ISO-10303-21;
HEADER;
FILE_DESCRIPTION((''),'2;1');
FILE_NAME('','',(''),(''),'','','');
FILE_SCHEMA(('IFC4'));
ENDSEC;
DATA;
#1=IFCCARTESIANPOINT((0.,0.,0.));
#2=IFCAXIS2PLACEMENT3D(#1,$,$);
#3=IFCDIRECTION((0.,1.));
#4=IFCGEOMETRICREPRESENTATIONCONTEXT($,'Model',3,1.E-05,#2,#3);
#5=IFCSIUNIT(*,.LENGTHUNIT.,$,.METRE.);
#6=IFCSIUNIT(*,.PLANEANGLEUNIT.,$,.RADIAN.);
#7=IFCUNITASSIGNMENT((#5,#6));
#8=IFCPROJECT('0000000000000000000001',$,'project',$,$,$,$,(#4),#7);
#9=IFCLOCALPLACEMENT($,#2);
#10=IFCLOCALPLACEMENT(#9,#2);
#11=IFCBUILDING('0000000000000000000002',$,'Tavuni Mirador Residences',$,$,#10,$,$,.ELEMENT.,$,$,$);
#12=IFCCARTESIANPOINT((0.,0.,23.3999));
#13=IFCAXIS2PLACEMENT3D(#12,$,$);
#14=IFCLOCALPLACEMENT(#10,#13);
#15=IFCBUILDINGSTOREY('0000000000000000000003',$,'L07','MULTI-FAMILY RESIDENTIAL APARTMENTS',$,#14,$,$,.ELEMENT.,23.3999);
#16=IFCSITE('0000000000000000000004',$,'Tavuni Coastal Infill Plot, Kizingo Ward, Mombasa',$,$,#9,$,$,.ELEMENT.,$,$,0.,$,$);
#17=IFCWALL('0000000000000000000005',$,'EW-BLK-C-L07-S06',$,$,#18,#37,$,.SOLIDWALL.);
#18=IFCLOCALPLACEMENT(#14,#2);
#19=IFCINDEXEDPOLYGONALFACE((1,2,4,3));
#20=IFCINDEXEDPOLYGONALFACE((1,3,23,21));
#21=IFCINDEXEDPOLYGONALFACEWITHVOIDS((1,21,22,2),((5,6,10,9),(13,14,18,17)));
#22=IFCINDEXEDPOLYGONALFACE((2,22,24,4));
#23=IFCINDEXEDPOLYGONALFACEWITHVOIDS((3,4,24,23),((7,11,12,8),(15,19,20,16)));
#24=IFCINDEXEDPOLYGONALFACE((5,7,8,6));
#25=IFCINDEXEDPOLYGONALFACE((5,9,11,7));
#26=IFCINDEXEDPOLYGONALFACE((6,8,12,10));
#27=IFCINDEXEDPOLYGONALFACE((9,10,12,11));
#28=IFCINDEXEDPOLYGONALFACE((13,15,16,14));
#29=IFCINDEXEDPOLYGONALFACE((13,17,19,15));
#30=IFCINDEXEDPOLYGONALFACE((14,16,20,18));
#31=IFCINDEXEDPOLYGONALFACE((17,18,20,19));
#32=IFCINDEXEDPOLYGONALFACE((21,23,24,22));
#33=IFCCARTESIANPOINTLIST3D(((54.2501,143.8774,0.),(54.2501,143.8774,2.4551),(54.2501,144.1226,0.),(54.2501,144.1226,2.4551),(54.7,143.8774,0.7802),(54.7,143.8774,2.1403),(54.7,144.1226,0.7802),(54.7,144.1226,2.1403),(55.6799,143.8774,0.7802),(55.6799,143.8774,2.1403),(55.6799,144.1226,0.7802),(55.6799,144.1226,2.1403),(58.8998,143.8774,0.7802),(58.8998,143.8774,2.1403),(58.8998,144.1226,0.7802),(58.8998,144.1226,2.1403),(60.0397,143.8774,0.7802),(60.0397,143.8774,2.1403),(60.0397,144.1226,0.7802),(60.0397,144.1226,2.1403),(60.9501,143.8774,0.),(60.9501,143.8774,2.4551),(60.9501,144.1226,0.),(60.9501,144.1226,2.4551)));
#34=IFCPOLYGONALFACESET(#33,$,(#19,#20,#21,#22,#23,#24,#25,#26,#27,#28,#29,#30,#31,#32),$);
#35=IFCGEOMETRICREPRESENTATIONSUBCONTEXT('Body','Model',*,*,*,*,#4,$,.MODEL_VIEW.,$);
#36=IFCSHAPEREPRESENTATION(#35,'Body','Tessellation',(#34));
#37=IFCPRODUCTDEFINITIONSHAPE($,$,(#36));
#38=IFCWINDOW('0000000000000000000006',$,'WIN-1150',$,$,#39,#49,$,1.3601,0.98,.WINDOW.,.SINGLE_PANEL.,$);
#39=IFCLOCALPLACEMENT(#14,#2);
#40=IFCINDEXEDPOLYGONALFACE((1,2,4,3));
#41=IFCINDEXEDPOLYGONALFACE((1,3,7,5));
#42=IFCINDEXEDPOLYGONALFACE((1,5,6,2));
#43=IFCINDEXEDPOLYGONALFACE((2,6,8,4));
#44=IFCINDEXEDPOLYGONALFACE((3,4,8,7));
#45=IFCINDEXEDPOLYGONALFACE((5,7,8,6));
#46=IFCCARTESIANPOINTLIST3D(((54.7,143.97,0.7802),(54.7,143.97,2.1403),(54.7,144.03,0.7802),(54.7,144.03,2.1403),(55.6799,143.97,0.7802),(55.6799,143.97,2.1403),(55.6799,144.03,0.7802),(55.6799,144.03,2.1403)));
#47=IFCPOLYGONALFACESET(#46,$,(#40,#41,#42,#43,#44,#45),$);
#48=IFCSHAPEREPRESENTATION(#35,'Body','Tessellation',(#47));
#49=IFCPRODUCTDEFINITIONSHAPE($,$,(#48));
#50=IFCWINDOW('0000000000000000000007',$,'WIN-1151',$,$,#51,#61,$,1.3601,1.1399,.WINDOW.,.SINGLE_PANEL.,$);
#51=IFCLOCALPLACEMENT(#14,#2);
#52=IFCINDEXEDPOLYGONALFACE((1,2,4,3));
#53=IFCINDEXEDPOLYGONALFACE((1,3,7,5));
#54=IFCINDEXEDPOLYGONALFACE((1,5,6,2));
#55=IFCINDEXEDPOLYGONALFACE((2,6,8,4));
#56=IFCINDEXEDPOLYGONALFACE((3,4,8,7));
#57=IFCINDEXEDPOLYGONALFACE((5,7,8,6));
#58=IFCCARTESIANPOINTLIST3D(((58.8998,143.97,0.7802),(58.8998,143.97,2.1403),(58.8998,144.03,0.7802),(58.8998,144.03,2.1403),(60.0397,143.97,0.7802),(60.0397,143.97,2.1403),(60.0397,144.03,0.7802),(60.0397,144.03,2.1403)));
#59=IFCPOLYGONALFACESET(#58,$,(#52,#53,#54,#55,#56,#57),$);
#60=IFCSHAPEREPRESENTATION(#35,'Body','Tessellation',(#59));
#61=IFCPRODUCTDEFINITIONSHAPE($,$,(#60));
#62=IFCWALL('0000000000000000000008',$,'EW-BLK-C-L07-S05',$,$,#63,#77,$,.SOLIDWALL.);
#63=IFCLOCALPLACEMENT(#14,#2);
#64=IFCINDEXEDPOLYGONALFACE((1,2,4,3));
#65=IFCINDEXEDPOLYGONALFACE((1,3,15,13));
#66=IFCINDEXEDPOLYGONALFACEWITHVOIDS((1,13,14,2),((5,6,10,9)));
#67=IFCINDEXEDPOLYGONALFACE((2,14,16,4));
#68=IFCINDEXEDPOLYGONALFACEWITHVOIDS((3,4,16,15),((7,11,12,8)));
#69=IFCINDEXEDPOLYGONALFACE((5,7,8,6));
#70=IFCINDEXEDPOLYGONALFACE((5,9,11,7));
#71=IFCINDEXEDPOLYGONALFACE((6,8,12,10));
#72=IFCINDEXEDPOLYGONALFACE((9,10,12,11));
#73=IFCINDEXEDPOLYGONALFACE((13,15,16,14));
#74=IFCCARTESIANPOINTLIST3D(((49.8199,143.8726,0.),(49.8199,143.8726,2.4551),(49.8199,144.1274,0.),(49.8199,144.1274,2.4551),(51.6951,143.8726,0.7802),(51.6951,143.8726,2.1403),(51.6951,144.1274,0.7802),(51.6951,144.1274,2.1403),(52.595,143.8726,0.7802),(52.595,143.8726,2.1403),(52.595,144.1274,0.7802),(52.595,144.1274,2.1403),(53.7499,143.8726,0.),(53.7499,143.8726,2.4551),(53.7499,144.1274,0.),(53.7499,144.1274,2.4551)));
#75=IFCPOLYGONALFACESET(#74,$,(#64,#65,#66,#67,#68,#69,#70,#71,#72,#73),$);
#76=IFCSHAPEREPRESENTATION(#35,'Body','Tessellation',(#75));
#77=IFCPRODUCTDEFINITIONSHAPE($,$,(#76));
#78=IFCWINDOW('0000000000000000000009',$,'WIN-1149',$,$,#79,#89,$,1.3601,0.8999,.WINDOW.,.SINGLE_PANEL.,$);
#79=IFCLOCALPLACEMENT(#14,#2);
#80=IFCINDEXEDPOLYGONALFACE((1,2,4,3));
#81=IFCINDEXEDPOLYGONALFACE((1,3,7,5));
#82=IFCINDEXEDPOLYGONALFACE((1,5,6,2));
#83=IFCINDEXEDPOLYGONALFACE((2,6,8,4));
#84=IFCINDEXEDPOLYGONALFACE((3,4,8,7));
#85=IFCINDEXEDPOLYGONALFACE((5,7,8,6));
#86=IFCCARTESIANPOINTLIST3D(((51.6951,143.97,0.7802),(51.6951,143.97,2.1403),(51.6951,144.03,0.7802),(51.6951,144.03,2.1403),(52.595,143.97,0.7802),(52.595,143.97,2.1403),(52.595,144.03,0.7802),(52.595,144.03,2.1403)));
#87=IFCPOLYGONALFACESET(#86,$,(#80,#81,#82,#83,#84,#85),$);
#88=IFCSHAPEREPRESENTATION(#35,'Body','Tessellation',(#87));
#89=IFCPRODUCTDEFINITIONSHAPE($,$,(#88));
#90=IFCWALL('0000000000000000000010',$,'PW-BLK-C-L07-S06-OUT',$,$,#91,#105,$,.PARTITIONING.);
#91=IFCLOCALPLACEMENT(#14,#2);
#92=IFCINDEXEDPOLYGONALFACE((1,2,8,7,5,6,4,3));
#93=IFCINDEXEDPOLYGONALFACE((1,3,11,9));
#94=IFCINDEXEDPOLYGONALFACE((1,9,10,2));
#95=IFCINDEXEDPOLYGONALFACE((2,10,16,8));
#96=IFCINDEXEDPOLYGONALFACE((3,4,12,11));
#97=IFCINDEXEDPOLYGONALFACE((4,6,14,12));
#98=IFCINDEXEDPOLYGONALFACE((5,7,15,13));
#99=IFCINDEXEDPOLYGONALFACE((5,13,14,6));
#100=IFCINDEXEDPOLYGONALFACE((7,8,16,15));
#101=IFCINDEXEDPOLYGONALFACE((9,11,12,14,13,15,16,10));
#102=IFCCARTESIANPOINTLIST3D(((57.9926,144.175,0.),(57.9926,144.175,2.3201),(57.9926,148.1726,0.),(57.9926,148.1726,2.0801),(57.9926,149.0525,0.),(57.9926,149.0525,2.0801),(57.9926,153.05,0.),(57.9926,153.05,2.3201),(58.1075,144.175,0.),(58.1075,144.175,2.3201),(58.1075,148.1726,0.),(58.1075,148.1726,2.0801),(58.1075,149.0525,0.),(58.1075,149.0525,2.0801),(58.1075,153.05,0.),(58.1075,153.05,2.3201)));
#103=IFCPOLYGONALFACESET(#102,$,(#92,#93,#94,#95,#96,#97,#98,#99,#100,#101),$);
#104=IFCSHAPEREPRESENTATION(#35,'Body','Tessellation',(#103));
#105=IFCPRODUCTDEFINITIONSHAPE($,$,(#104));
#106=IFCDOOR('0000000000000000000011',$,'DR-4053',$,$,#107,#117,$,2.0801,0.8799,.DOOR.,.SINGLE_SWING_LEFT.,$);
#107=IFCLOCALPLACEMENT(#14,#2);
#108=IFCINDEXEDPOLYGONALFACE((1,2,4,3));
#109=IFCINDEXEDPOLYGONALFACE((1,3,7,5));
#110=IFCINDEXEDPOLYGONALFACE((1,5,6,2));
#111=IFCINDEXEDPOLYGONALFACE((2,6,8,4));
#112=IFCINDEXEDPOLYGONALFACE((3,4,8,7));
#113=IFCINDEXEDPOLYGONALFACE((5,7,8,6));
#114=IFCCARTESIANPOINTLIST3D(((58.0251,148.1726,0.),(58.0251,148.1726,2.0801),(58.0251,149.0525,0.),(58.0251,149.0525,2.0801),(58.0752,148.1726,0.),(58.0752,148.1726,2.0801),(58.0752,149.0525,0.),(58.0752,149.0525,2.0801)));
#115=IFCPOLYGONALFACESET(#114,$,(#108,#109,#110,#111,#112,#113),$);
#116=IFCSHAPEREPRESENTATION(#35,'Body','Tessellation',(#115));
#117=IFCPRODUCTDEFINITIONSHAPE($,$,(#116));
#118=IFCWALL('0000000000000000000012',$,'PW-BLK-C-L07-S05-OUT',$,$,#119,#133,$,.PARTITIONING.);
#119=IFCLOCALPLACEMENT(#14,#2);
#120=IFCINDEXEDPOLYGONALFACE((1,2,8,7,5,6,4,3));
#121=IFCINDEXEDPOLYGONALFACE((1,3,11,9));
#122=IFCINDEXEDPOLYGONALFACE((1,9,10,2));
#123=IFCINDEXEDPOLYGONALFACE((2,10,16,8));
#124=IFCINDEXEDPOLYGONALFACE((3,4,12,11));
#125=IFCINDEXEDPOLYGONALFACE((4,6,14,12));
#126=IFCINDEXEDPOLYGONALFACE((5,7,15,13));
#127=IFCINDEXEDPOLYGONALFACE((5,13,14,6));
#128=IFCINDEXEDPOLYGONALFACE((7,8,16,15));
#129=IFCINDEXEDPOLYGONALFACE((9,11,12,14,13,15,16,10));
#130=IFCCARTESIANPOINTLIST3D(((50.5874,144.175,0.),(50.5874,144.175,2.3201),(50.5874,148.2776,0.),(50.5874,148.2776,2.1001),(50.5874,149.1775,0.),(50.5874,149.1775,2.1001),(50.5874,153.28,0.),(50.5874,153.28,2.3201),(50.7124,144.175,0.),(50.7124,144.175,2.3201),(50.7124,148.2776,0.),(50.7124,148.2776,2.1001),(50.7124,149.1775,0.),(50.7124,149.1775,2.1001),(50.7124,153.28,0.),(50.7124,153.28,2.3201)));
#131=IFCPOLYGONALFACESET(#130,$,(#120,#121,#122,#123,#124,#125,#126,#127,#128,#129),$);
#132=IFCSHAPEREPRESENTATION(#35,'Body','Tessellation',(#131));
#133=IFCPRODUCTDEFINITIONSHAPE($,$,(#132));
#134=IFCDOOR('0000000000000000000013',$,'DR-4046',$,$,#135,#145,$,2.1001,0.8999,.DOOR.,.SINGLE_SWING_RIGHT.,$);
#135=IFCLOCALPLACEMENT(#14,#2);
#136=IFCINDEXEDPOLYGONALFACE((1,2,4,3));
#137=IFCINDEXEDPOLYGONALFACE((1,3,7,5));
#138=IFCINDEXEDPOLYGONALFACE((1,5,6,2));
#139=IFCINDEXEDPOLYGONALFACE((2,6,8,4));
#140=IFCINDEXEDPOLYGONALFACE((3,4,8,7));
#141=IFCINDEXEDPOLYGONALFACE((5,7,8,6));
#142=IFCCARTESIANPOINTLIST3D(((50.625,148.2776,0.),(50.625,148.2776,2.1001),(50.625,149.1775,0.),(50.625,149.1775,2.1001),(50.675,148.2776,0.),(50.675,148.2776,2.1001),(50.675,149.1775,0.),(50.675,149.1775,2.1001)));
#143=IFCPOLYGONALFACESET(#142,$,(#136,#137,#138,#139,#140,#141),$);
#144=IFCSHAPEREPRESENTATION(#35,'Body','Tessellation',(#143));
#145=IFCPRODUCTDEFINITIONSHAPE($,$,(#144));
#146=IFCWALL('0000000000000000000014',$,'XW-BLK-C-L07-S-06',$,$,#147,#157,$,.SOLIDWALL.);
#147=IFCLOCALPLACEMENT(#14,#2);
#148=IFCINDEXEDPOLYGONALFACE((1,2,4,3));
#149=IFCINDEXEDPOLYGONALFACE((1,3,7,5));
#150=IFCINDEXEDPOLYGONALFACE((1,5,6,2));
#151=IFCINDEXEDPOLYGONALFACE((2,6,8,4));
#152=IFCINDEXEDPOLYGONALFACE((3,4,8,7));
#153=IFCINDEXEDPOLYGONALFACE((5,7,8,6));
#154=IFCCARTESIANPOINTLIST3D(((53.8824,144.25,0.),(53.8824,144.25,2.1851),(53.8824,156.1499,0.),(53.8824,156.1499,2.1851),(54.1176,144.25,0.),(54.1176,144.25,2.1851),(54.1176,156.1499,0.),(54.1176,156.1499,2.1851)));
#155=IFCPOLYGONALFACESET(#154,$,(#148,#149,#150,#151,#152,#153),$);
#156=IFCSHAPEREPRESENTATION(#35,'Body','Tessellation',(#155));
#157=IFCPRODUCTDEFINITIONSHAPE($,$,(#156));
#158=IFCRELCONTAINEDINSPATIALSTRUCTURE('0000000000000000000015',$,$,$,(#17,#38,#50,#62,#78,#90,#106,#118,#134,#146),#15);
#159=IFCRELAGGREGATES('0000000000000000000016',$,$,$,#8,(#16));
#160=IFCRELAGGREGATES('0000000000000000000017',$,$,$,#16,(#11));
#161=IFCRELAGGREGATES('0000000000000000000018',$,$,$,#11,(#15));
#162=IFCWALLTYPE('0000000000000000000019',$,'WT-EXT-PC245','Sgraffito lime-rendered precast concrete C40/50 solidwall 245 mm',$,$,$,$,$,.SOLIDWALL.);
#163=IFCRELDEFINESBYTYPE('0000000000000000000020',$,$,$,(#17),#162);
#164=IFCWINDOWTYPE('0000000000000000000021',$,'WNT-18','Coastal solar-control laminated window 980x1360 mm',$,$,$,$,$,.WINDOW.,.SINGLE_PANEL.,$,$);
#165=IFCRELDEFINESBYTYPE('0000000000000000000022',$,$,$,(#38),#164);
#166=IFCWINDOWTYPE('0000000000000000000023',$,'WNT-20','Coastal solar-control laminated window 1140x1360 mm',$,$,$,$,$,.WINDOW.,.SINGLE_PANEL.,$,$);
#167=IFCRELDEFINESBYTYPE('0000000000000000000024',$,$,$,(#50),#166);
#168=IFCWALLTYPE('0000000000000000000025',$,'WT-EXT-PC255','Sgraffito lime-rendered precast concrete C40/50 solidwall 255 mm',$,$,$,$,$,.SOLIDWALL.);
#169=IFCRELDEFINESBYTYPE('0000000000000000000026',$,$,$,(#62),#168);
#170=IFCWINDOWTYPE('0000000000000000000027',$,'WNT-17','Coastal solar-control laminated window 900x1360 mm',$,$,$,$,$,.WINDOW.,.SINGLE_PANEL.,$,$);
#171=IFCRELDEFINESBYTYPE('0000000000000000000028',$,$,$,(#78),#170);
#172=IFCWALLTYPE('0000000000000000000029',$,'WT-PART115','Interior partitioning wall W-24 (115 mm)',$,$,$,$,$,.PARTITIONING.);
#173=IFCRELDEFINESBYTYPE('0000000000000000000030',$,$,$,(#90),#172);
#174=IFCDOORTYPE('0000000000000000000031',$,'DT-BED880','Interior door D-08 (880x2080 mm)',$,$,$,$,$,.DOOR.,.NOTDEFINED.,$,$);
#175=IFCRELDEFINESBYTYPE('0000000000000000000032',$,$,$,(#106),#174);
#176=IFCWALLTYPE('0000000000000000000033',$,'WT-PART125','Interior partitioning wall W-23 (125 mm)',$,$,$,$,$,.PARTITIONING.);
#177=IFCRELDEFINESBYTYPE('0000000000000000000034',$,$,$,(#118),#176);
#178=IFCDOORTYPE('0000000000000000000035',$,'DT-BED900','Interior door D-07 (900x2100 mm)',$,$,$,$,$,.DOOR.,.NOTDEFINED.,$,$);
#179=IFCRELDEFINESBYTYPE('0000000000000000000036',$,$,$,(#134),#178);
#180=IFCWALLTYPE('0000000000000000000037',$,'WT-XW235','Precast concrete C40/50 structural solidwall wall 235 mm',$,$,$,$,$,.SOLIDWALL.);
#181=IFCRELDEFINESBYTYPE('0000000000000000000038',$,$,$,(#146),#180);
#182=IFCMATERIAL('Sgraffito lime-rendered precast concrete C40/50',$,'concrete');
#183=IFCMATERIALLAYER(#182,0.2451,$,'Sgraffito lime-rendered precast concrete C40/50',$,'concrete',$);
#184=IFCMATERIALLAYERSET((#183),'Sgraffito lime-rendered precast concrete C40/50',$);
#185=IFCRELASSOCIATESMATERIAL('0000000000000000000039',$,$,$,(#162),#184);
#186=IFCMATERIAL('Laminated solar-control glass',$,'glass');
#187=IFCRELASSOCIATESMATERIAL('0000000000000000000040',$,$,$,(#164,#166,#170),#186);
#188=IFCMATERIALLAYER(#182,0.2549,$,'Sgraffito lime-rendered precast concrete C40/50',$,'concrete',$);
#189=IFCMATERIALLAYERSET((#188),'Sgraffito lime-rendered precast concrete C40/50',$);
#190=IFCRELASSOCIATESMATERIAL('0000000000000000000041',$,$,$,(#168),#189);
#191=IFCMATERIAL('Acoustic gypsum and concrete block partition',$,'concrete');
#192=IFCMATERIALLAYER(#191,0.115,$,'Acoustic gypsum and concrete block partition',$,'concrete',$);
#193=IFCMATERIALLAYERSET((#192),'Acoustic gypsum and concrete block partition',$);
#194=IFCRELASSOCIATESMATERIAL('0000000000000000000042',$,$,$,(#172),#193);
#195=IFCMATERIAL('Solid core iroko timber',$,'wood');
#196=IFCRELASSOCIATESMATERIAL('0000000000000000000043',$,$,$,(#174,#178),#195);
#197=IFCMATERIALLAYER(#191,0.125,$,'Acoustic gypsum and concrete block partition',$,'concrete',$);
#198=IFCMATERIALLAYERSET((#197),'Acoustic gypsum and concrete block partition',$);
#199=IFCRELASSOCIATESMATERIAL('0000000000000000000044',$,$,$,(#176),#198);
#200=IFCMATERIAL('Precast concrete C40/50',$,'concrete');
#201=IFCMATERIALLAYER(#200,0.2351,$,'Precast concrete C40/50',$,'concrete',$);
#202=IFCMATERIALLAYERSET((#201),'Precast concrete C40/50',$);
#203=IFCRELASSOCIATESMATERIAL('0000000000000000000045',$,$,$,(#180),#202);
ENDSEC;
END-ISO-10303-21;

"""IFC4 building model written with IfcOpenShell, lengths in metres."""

from ifc_helpers import new_model, si_unit, direction, frame, frame_2d, origin, place, context, subcontext, project, spatial, rectangle, extrude, material, layer, layer_set, type_object, element, fill, save


model = new_model("IFC4")

# Units and contexts
model_context = context("Model", 3, precision=1e-05, world=origin(), true_north=direction((0.0, 1.0)))
body_context = subcontext(model_context, "Body", "Model", "MODEL_VIEW")
ifc_project = project(units=[si_unit("LENGTHUNIT", "METRE"), si_unit("PLANEANGLEUNIT", "RADIAN")], contexts=[model_context])

# Site, building, storey
site_placement = place(None, origin())
site = spatial("IfcSite", under=ifc_project, at=site_placement, Name="Tavuni Coastal Infill Plot, Kizingo Ward, Mombasa", CompositionType="ELEMENT", RefElevation=0.0)
building_placement = place(site_placement, origin())
building = spatial("IfcBuilding", under=site, at=building_placement, Name="Tavuni Mirador Residences", CompositionType="ELEMENT")
storey_placement = place(building_placement, frame((0.0, 0.0, 23.3999)))
storey = spatial("IfcBuildingStorey", under=building, at=storey_placement, Name="L07", Description="MULTI-FAMILY RESIDENTIAL APARTMENTS", CompositionType="ELEMENT", Elevation=23.3999)

# Shared definitions
ifc_material_1 = material(Name="Precast concrete C40/50", Category="concrete")

# Wall, openings, windows
ifc_material_2 = material(Name="Sgraffito lime-rendered precast concrete C40/50", Category="concrete")
ifc_layer_1 = layer(ifc_material_2, 0.2451, Name="Sgraffito lime-rendered precast concrete C40/50", Category="concrete")
ifc_layer_set_1 = layer_set([ifc_layer_1], Name="Sgraffito lime-rendered precast concrete C40/50")
wall_type_1 = type_object("IfcWallType", Name="WT-EXT-PC245", Description="Sgraffito lime-rendered precast concrete C40/50 solidwall 245 mm", PredefinedType="SOLIDWALL", material=ifc_layer_set_1)
wall_1_placement = place(storey_placement, frame((54.25, 144.0, 0.0), z_axis=(0.0, 0.0, 1.0), x_axis=(1.0, 0.0, 0.0)))
wall_1 = element("IfcWall", 1, at=wall_1_placement, inside=storey, type_object=wall_type_1, Name="EW-BLK-C-L07-S06", PredefinedType="SOLIDWALL", context=body_context, shape_type="SweptSolid", body=[
    extrude(rectangle(XDim=6.7, YDim=0.2451, at=frame_2d((3.3501, 0.0))), origin(), (0.0, 0.0, 1.0), 2.4551),
])
opening_1_placement = place(wall_1_placement, frame((0.45, 0.0, 0.78)))
opening_1 = element("IfcOpeningElement", 2, at=opening_1_placement, cuts=wall_1, PredefinedType="OPENING", context=body_context, shape_type="SweptSolid", body=[
    extrude(rectangle(XDim=0.98, YDim=1.3601, at=frame_2d((0.49, 0.6802))), frame((0.0, 0.1326, 0.0), z_axis=(0.0, -1.0, 0.0), x_axis=(1.0, 0.0, 0.0)), (0.0, 0.0, 1.0), 0.2651),
])
opening_2_placement = place(wall_1_placement, frame((4.6499, 0.0, 0.78)))
opening_2 = element("IfcOpeningElement", 3, at=opening_2_placement, cuts=wall_1, PredefinedType="OPENING", context=body_context, shape_type="SweptSolid", body=[
    extrude(rectangle(XDim=1.1399, YDim=1.3601, at=frame_2d((0.5698, 0.6802))), frame((0.0, 0.1326, 0.0), z_axis=(0.0, -1.0, 0.0), x_axis=(1.0, 0.0, 0.0)), (0.0, 0.0, 1.0), 0.2651),
])
ifc_material_3 = material(Name="Laminated solar-control glass", Category="glass")
window_type_1 = type_object("IfcWindowType", Name="WNT-18", Description="Coastal solar-control laminated window 980x1360 mm", PartitioningType="SINGLE_PANEL", PredefinedType="WINDOW", material=ifc_material_3)
window_1_placement = place(opening_1_placement, origin())
window_1 = element("IfcWindow", 4, at=window_1_placement, inside=storey, type_object=window_type_1, Name="WIN-1150", OverallHeight=1.3601, OverallWidth=0.98, PartitioningType="SINGLE_PANEL", PredefinedType="WINDOW", context=body_context, shape_type="SweptSolid", body=[
    extrude(rectangle(XDim=0.98, YDim=1.3601, at=frame_2d((0.49, 0.6802))), frame((0.0, 0.03, 0.0), z_axis=(0.0, -1.0, 0.0), x_axis=(1.0, 0.0, 0.0)), (0.0, 0.0, 1.0), 0.0601),
])
fill(opening_1, window_1)
window_type_2 = type_object("IfcWindowType", Name="WNT-20", Description="Coastal solar-control laminated window 1140x1360 mm", PartitioningType="SINGLE_PANEL", PredefinedType="WINDOW", material=ifc_material_3)
window_2_placement = place(opening_2_placement, origin())
window_2 = element("IfcWindow", 5, at=window_2_placement, inside=storey, type_object=window_type_2, Name="WIN-1151", OverallHeight=1.3601, OverallWidth=1.1399, PartitioningType="SINGLE_PANEL", PredefinedType="WINDOW", context=body_context, shape_type="SweptSolid", body=[
    extrude(rectangle(XDim=1.1399, YDim=1.3601, at=frame_2d((0.5698, 0.6802))), frame((0.0, 0.03, 0.0), z_axis=(0.0, -1.0, 0.0), x_axis=(1.0, 0.0, 0.0)), (0.0, 0.0, 1.0), 0.0601),
])
fill(opening_2, window_2)

# Wall, opening, window
ifc_layer_2 = layer(ifc_material_2, 0.2549, Name="Sgraffito lime-rendered precast concrete C40/50", Category="concrete")
ifc_layer_set_2 = layer_set([ifc_layer_2], Name="Sgraffito lime-rendered precast concrete C40/50")
wall_type_2 = type_object("IfcWallType", Name="WT-EXT-PC255", Description="Sgraffito lime-rendered precast concrete C40/50 solidwall 255 mm", PredefinedType="SOLIDWALL", material=ifc_layer_set_2)
wall_2_placement = place(storey_placement, frame((49.8201, 144.0, 0.0), z_axis=(0.0, 0.0, 1.0), x_axis=(1.0, 0.0, 0.0)))
wall_2 = element("IfcWall", 6, at=wall_2_placement, inside=storey, type_object=wall_type_2, Name="EW-BLK-C-L07-S05", PredefinedType="SOLIDWALL", context=body_context, shape_type="SweptSolid", body=[
    extrude(rectangle(XDim=3.9299, YDim=0.2549, at=frame_2d((1.9648, 0.0))), origin(), (0.0, 0.0, 1.0), 2.4551),
])
opening_3_placement = place(wall_2_placement, frame((1.875, 0.0, 0.78)))
opening_3 = element("IfcOpeningElement", 7, at=opening_3_placement, cuts=wall_2, PredefinedType="OPENING", context=body_context, shape_type="SweptSolid", body=[
    extrude(rectangle(XDim=0.8999, YDim=1.3601, at=frame_2d((0.45, 0.6802))), frame((0.0, 0.1375, 0.0), z_axis=(0.0, -1.0, 0.0), x_axis=(1.0, 0.0, 0.0)), (0.0, 0.0, 1.0), 0.2749),
])
window_type_3 = type_object("IfcWindowType", Name="WNT-17", Description="Coastal solar-control laminated window 900x1360 mm", PartitioningType="SINGLE_PANEL", PredefinedType="WINDOW", material=ifc_material_3)
window_3_placement = place(opening_3_placement, origin())
window_3 = element("IfcWindow", 8, at=window_3_placement, inside=storey, type_object=window_type_3, Name="WIN-1149", OverallHeight=1.3601, OverallWidth=0.8999, PartitioningType="SINGLE_PANEL", PredefinedType="WINDOW", context=body_context, shape_type="SweptSolid", body=[
    extrude(rectangle(XDim=0.8999, YDim=1.3601, at=frame_2d((0.45, 0.6802))), frame((0.0, 0.03, 0.0), z_axis=(0.0, -1.0, 0.0), x_axis=(1.0, 0.0, 0.0)), (0.0, 0.0, 1.0), 0.0601),
])
fill(opening_3, window_3)

# Walls, openings, doors
ifc_material_4 = material(Name="Acoustic gypsum and concrete block partition", Category="concrete")
ifc_layer_3 = layer(ifc_material_4, 0.115, Name="Acoustic gypsum and concrete block partition", Category="concrete")
ifc_layer_set_3 = layer_set([ifc_layer_3], Name="Acoustic gypsum and concrete block partition")
wall_type_3 = type_object("IfcWallType", Name="WT-PART115", Description="Interior partitioning wall W-24 (115 mm)", PredefinedType="PARTITIONING", material=ifc_layer_set_3)
wall_3_placement = place(storey_placement, frame((58.05, 144.175, 0.0), z_axis=(0.0, 0.0, 1.0), x_axis=(0.0, 1.0, 0.0)))
wall_3 = element("IfcWall", 9, at=wall_3_placement, inside=storey, type_object=wall_type_3, Name="PW-BLK-C-L07-S06-OUT", PredefinedType="PARTITIONING", context=body_context, shape_type="SweptSolid", body=[
    extrude(rectangle(XDim=8.875, YDim=0.115, at=frame_2d((4.4375, 0.0))), origin(), (0.0, 0.0, 1.0), 2.3201),
])
opening_4_placement = place(wall_3_placement, frame((3.9976, 0.0, 0.0)))
opening_4 = element("IfcOpeningElement", 10, at=opening_4_placement, cuts=wall_3, PredefinedType="OPENING", context=body_context, shape_type="SweptSolid", body=[
    extrude(rectangle(XDim=0.8799, YDim=2.0801, at=frame_2d((0.4399, 1.04))), frame((0.0, 0.0674, 0.0), z_axis=(0.0, -1.0, 0.0), x_axis=(1.0, 0.0, 0.0)), (0.0, 0.0, 1.0), 0.135),
])
ifc_material_5 = material(Name="Solid core iroko timber", Category="wood")
door_type_1 = type_object("IfcDoorType", Name="DT-BED880", Description="Interior door D-08 (880x2080 mm)", OperationType="NOTDEFINED", PredefinedType="DOOR", material=ifc_material_5)
door_1_placement = place(opening_4_placement, origin())
door_1 = element("IfcDoor", 11, at=door_1_placement, inside=storey, type_object=door_type_1, Name="DR-4053", OperationType="SINGLE_SWING_LEFT", OverallHeight=2.0801, OverallWidth=0.8799, PredefinedType="DOOR", context=body_context, shape_type="SweptSolid", body=[
    extrude(rectangle(XDim=0.8799, YDim=2.0801, at=frame_2d((0.4399, 1.04))), frame((0.0, 0.0249, 0.0), z_axis=(0.0, -1.0, 0.0), x_axis=(1.0, 0.0, 0.0)), (0.0, 0.0, 1.0), 0.05),
])
fill(opening_4, door_1)
ifc_layer_4 = layer(ifc_material_4, 0.125, Name="Acoustic gypsum and concrete block partition", Category="concrete")
ifc_layer_set_4 = layer_set([ifc_layer_4], Name="Acoustic gypsum and concrete block partition")
wall_type_4 = type_object("IfcWallType", Name="WT-PART125", Description="Interior partitioning wall W-23 (125 mm)", PredefinedType="PARTITIONING", material=ifc_layer_set_4)
wall_4_placement = place(storey_placement, frame((50.6499, 144.175, 0.0), z_axis=(0.0, 0.0, 1.0), x_axis=(0.0, 1.0, 0.0)))
wall_4 = element("IfcWall", 12, at=wall_4_placement, inside=storey, type_object=wall_type_4, Name="PW-BLK-C-L07-S05-OUT", PredefinedType="PARTITIONING", context=body_context, shape_type="SweptSolid", body=[
    extrude(rectangle(XDim=9.105, YDim=0.125, at=frame_2d((4.5525, 0.0))), origin(), (0.0, 0.0, 1.0), 2.3201),
])
opening_5_placement = place(wall_4_placement, frame((4.1025, 0.0, 0.0)))
opening_5 = element("IfcOpeningElement", 13, at=opening_5_placement, cuts=wall_4, PredefinedType="OPENING", context=body_context, shape_type="SweptSolid", body=[
    extrude(rectangle(XDim=0.8999, YDim=2.1001, at=frame_2d((0.45, 1.05))), frame((0.0, 0.0725, 0.0), z_axis=(0.0, -1.0, 0.0), x_axis=(1.0, 0.0, 0.0)), (0.0, 0.0, 1.0), 0.145),
])
door_type_2 = type_object("IfcDoorType", Name="DT-BED900", Description="Interior door D-07 (900x2100 mm)", OperationType="NOTDEFINED", PredefinedType="DOOR", material=ifc_material_5)
door_2_placement = place(opening_5_placement, origin())
door_2 = element("IfcDoor", 14, at=door_2_placement, inside=storey, type_object=door_type_2, Name="DR-4046", OperationType="SINGLE_SWING_RIGHT", OverallHeight=2.1001, OverallWidth=0.8999, PredefinedType="DOOR", context=body_context, shape_type="SweptSolid", body=[
    extrude(rectangle(XDim=0.8999, YDim=2.1001, at=frame_2d((0.45, 1.05))), frame((0.0, 0.0249, 0.0), z_axis=(0.0, -1.0, 0.0), x_axis=(1.0, 0.0, 0.0)), (0.0, 0.0, 1.0), 0.05),
])
fill(opening_5, door_2)

# Wall
ifc_layer_5 = layer(ifc_material_1, 0.2351, Name="Precast concrete C40/50", Category="concrete")
ifc_layer_set_5 = layer_set([ifc_layer_5], Name="Precast concrete C40/50")
wall_type_5 = type_object("IfcWallType", Name="WT-XW235", Description="Precast concrete C40/50 structural solidwall wall 235 mm", PredefinedType="SOLIDWALL", material=ifc_layer_set_5)
for number, where, z_axis, x_axis, name in (
    (15, (54.0, 144.25, 0.0), (0.0, 0.0, 1.0), (0.0, 1.0, 0.0), "XW-BLK-C-L07-S-06"),
):
    element("IfcWall", number, at=place(storey_placement, frame(where, z_axis=z_axis, x_axis=x_axis)), inside=storey, type_object=wall_type_5, Name=name, PredefinedType="SOLIDWALL", context=body_context, shape_type="SweptSolid", body=[
        extrude(rectangle(XDim=11.8999, YDim=0.2351, at=frame_2d((5.95, 0.0))), origin(), (0.0, 0.0, 1.0), 2.1851),
    ])

save(model, "model.ifc")
